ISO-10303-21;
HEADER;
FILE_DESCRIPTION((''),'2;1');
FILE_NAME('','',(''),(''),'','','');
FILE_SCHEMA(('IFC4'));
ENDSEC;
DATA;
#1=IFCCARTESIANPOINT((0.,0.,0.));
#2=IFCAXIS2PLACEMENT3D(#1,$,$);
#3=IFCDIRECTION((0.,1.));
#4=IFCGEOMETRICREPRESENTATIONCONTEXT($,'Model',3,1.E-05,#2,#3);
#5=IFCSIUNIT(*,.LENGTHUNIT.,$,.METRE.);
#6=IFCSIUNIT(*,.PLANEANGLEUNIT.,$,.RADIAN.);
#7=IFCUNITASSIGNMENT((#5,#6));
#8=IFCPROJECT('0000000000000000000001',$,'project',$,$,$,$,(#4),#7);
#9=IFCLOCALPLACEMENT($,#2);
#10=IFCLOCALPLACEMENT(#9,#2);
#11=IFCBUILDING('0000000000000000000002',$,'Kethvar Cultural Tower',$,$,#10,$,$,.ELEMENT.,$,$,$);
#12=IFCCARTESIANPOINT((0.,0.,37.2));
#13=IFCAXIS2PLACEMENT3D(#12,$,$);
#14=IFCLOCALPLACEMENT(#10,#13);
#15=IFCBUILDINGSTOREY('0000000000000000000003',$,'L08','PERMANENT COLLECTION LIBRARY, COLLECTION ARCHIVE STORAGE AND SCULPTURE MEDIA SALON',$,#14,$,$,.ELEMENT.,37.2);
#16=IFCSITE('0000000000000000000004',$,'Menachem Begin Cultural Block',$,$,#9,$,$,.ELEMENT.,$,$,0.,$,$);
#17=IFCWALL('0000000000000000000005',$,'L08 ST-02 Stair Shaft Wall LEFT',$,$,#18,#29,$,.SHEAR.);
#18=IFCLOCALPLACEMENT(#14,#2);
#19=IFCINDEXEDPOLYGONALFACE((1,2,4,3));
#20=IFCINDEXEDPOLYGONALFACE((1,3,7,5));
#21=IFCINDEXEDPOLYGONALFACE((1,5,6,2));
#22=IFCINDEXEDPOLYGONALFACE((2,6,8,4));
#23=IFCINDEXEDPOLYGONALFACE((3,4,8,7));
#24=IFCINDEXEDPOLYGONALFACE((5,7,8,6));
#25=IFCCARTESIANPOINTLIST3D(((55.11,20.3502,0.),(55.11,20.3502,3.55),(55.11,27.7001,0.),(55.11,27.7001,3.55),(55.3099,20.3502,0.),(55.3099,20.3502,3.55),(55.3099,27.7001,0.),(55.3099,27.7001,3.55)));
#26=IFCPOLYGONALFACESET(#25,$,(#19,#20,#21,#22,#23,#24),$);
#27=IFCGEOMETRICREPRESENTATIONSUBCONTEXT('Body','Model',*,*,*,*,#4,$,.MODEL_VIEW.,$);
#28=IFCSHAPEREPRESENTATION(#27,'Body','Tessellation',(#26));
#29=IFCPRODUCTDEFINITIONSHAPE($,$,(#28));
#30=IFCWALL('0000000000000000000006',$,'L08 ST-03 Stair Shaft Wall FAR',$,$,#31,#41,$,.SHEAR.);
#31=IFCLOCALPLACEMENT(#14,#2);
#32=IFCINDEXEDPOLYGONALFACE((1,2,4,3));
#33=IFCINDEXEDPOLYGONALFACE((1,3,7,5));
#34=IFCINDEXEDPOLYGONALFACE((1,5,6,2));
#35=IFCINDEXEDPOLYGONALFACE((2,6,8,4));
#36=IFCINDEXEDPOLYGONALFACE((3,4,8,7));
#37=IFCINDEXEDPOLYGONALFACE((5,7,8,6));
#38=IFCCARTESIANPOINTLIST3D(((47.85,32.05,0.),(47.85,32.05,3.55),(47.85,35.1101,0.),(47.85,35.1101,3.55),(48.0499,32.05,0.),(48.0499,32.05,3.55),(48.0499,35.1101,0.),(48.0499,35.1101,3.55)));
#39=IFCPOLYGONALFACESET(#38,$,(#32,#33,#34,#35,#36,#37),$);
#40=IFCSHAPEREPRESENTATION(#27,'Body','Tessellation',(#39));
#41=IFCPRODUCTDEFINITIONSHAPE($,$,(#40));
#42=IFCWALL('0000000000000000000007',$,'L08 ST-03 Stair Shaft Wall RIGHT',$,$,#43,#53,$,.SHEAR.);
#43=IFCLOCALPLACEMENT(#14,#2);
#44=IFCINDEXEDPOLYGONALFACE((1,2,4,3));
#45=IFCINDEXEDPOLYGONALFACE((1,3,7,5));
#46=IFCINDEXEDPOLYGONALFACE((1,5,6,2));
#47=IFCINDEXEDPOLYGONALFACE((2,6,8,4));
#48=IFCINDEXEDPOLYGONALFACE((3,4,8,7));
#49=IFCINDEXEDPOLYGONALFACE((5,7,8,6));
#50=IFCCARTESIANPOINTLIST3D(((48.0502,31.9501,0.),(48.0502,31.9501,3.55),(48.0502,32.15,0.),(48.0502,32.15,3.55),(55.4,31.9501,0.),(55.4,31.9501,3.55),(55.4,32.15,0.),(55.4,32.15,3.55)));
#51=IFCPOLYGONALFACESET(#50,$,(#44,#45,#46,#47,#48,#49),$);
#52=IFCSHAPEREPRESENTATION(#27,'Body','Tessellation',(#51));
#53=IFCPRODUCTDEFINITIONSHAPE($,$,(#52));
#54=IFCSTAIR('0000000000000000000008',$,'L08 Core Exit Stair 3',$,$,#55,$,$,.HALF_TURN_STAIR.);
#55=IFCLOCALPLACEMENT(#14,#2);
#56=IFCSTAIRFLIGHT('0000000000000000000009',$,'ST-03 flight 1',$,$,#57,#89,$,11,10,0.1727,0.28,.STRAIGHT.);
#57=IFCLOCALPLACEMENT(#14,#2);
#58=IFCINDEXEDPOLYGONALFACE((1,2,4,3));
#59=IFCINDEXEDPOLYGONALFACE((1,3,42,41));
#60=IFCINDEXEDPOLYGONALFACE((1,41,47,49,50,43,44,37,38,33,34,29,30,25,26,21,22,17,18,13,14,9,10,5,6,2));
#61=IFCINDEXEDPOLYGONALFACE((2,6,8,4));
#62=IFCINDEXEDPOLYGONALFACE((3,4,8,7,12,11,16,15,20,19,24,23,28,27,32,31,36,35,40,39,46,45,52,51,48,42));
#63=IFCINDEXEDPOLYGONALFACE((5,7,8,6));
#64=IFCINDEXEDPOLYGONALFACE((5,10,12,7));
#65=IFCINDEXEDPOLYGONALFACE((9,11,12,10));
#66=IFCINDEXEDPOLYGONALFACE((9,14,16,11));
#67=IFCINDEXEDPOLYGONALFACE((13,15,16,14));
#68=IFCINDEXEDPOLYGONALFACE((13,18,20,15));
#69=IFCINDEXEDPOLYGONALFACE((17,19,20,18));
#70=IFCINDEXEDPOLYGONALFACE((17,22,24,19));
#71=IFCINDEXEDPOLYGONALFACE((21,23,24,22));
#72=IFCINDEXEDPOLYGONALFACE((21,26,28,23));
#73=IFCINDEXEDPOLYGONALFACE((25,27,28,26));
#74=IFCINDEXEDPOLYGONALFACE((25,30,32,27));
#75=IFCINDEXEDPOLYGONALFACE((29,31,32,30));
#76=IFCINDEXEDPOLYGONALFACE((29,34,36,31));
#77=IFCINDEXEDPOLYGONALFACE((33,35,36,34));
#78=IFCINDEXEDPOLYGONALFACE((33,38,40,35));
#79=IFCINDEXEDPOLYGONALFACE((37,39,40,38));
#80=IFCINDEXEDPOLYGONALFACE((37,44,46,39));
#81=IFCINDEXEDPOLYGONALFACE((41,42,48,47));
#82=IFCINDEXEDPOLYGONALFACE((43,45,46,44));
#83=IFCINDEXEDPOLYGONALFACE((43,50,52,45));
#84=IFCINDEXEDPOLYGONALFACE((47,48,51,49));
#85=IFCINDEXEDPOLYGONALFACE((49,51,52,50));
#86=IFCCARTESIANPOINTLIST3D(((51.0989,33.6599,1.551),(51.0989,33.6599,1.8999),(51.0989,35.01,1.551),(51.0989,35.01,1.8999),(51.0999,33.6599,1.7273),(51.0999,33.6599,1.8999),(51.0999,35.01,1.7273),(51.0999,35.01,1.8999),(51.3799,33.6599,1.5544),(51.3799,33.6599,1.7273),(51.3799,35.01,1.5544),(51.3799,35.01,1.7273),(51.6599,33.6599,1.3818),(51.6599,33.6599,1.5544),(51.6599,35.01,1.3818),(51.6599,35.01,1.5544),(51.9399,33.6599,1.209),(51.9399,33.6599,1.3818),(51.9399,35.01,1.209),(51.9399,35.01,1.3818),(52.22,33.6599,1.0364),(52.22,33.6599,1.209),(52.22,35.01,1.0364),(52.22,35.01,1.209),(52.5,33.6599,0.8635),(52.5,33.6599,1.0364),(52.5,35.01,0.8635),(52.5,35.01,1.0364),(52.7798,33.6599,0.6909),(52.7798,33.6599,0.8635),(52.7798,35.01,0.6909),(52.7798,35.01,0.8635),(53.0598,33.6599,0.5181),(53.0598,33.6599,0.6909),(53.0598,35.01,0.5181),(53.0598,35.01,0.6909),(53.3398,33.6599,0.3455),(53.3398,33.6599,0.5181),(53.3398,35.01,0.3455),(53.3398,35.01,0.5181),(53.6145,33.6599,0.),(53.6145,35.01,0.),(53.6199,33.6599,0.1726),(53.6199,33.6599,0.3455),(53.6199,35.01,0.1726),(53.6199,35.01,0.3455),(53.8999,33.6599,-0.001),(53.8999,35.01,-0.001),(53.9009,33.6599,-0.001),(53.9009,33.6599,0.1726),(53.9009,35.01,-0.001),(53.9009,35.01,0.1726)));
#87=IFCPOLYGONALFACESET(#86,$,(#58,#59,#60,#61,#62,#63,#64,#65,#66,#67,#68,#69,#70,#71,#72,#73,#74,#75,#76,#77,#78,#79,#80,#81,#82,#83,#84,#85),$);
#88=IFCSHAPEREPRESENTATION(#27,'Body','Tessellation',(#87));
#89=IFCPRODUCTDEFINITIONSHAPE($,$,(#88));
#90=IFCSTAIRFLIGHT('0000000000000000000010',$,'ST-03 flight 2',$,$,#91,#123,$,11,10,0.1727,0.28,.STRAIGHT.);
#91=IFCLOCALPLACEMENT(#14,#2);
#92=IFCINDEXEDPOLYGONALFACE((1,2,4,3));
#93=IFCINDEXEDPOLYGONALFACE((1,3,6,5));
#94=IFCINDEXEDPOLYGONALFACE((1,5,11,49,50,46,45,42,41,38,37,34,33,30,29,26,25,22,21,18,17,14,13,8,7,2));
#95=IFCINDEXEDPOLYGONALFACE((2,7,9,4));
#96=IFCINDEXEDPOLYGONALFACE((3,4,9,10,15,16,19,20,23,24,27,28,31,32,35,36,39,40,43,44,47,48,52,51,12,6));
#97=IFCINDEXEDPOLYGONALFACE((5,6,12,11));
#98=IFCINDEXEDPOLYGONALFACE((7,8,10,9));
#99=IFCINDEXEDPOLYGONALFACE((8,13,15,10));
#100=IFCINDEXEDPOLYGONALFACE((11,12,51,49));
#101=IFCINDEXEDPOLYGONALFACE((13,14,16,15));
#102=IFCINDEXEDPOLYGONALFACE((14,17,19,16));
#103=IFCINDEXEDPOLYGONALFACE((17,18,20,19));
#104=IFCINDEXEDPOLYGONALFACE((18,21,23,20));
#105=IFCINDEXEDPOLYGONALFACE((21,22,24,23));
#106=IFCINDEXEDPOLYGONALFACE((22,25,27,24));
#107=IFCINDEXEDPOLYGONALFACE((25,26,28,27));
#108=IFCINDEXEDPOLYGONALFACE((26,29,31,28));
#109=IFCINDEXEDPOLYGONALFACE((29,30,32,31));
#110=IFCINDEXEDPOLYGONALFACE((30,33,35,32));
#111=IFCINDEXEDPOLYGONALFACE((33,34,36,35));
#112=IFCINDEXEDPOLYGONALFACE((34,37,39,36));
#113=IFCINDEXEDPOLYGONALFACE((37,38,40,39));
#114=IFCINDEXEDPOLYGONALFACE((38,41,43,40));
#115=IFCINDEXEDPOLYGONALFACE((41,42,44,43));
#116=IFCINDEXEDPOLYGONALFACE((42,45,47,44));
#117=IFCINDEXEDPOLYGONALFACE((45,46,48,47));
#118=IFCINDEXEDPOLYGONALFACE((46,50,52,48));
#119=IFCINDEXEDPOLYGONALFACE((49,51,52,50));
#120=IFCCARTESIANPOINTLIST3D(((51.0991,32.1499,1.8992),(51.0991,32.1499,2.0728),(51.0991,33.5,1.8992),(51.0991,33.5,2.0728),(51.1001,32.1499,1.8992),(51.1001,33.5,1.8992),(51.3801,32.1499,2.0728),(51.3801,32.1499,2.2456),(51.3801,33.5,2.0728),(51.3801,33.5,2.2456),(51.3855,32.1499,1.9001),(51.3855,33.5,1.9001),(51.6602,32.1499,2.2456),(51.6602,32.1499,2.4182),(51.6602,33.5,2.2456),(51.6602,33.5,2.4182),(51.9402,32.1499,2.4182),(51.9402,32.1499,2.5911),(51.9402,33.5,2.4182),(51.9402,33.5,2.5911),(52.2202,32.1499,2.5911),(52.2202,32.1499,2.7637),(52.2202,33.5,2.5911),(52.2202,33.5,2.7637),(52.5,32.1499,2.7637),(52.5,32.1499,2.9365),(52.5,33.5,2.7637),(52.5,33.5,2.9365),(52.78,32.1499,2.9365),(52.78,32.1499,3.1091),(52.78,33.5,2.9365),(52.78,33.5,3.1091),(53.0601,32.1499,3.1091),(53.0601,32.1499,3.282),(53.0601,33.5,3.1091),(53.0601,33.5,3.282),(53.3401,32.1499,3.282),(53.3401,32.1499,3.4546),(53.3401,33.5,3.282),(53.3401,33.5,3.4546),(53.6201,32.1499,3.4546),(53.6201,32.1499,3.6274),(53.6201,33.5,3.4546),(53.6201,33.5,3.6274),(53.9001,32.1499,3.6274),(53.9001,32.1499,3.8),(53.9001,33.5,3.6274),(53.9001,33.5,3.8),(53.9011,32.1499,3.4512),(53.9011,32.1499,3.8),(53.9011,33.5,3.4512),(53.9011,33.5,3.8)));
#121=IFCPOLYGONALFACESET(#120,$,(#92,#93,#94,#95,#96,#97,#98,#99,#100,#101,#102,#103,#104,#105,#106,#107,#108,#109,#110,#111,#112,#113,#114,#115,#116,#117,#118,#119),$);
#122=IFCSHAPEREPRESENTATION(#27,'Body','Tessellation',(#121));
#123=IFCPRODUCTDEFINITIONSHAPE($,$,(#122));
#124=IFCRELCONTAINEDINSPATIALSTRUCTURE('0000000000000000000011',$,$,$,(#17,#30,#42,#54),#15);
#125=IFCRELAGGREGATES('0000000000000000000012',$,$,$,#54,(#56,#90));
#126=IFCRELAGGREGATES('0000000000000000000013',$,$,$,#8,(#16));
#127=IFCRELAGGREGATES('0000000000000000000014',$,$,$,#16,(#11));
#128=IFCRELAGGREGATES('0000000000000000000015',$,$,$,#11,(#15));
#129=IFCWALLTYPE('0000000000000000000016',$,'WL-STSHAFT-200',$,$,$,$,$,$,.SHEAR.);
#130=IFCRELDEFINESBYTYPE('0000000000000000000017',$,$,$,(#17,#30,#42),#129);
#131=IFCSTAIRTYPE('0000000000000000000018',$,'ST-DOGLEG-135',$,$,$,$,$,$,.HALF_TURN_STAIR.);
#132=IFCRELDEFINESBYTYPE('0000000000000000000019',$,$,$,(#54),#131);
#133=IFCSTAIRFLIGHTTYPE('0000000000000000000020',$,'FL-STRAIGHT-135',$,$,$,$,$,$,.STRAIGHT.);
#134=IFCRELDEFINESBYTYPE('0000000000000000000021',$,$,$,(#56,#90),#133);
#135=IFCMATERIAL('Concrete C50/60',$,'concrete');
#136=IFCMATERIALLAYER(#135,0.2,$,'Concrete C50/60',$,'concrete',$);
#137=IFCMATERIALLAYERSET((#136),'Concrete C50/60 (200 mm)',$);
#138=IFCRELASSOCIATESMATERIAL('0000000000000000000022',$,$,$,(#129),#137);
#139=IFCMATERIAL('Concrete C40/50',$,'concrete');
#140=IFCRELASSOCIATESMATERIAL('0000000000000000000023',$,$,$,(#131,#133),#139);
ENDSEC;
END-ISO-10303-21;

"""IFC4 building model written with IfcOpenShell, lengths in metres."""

from ifc_helpers import new_model, si_unit, direction, frame, frame_2d, origin, place, context, subcontext, project, spatial, polyline, rectangle, outline, extrude, material, layer, layer_set, type_object, element, aggregate, save


model = new_model("IFC4")

# Units and contexts
model_context = context("Model", 3, precision=1e-05, world=origin(), true_north=direction((0.0, 1.0)))
body_context = subcontext(model_context, "Body", "Model", "MODEL_VIEW")
ifc_project = project(units=[si_unit("LENGTHUNIT", "METRE"), si_unit("PLANEANGLEUNIT", "RADIAN")], contexts=[model_context])

# Site, building, storey
site_placement = place(None, origin())
site = spatial("IfcSite", under=ifc_project, at=site_placement, Name="Menachem Begin Cultural Block", CompositionType="ELEMENT", RefElevation=0.0)
building_placement = place(site_placement, origin())
building = spatial("IfcBuilding", under=site, at=building_placement, Name="Kethvar Cultural Tower", CompositionType="ELEMENT")
storey_placement = place(building_placement, frame((0.0, 0.0, 37.2)))
storey = spatial("IfcBuildingStorey", under=building, at=storey_placement, Name="L08", Description="PERMANENT COLLECTION LIBRARY, COLLECTION ARCHIVE STORAGE AND SCULPTURE MEDIA SALON", CompositionType="ELEMENT", Elevation=37.2)

# Walls
ifc_material_1 = material(Name="Concrete C40/50", Category="concrete")
ifc_material_2 = material(Name="Concrete C50/60", Category="concrete")
ifc_layer_1 = layer(ifc_material_2, 0.2, Name="Concrete C50/60", Category="concrete")
ifc_layer_set_1 = layer_set([ifc_layer_1], Name="Concrete C50/60 (200 mm)")
wall_type_1 = type_object("IfcWallType", Name="WL-STSHAFT-200", PredefinedType="SHEAR", material=ifc_layer_set_1)
wall_1_placement = place(storey_placement, frame((55.21, 27.7, 0.0), z_axis=(0.0, 0.0, 1.0), x_axis=(0.0, -1.0, 0.0)))
element("IfcWall", 1, at=wall_1_placement, inside=storey, type_object=wall_type_1, Name="L08 ST-02 Stair Shaft Wall LEFT", PredefinedType="SHEAR", context=body_context, shape_type="SweptSolid", body=[
    extrude(rectangle(XDim=7.3499, YDim=0.2, at=frame_2d((3.6748, 0.0))), origin(), (0.0, 0.0, 1.0), 3.55),
])
wall_2_placement = place(storey_placement, frame((47.95, 32.05, 0.0), z_axis=(0.0, 0.0, 1.0), x_axis=(0.0, 1.0, 0.0)))
element("IfcWall", 2, at=wall_2_placement, inside=storey, type_object=wall_type_1, Name="L08 ST-03 Stair Shaft Wall FAR", PredefinedType="SHEAR", context=body_context, shape_type="SweptSolid", body=[
    extrude(rectangle(XDim=3.0601, YDim=0.2, at=frame_2d((1.53, 0.0))), origin(), (0.0, 0.0, 1.0), 3.55),
])
wall_3_placement = place(storey_placement, frame((55.3999, 32.05, 0.0), z_axis=(0.0, 0.0, 1.0), x_axis=(-1.0, 0.0, 0.0)))
element("IfcWall", 3, at=wall_3_placement, inside=storey, type_object=wall_type_1, Name="L08 ST-03 Stair Shaft Wall RIGHT", PredefinedType="SHEAR", context=body_context, shape_type="SweptSolid", body=[
    extrude(rectangle(XDim=7.3499, YDim=0.2, at=frame_2d((3.6748, 0.0))), origin(), (0.0, 0.0, 1.0), 3.55),
])

# Stair, stair flights
stair_type = type_object("IfcStairType", Name="ST-DOGLEG-135", PredefinedType="HALF_TURN_STAIR", material=ifc_material_1)
stair_placement = place(storey_placement, origin())
stair = element("IfcStair", 4, at=stair_placement, inside=storey, type_object=stair_type, Name="L08 Core Exit Stair 3", PredefinedType="HALF_TURN_STAIR")
stair_flight_type = type_object("IfcStairFlightType", Name="FL-STRAIGHT-135", PredefinedType="STRAIGHT", material=ifc_material_1)
stair_flight_1_placement = place(storey_placement, frame((53.8999, 34.335, 0.0), z_axis=(0.0, 0.0, 1.0), x_axis=(-1.0, 0.0, 0.0)))
stair_flight_1 = element("IfcStairFlight", 5, at=stair_flight_1_placement, type_object=stair_flight_type, Name="ST-03 flight 1", NumberOfRisers=11, NumberOfTreads=10, PredefinedType="STRAIGHT", RiserHeight=0.1727, TreadLength=0.28, context=body_context, shape_type="SweptSolid", body=[
    extrude(outline(polyline([(-0.001, -0.001), (-0.001, 0.1726), (0.28, 0.1726), (0.28, 0.3455), (0.5601, 0.3455), (0.5601, 0.5181), (0.8401, 0.5181), (0.8401, 0.6909), (1.1201, 0.6909), (1.1201, 0.8635), (1.3999, 0.8635), (1.3999, 1.0364), (1.6799, 1.0364), (1.6799, 1.209), (1.96, 1.209), (1.96, 1.3818), (2.24, 1.3818), (2.24, 1.5544), (2.52, 1.5544), (2.52, 1.7273), (2.8, 1.7273), (2.8, 1.8999), (2.801, 1.8999), (2.801, 1.551), (0.2854, 0.0), (0.0, -0.001), (-0.001, -0.001)])), frame((0.0, 0.675, 0.0), z_axis=(0.0, -1.0, 0.0), x_axis=(1.0, 0.0, 0.0)), (0.0, 0.0, 1.0), 1.3501),
])
stair_flight_2_placement = place(storey_placement, frame((51.1001, 32.825, 1.9001), z_axis=(0.0, 0.0, 1.0), x_axis=(1.0, 0.0, 0.0)))
stair_flight_2 = element("IfcStairFlight", 6, at=stair_flight_2_placement, type_object=stair_flight_type, Name="ST-03 flight 2", NumberOfRisers=11, NumberOfTreads=10, PredefinedType="STRAIGHT", RiserHeight=0.1727, TreadLength=0.28, context=body_context, shape_type="SweptSolid", body=[
    extrude(outline(polyline([(-0.001, -0.001), (-0.001, 0.1726), (0.28, 0.1726), (0.28, 0.3455), (0.5601, 0.3455), (0.5601, 0.5181), (0.8401, 0.5181), (0.8401, 0.6909), (1.1201, 0.6909), (1.1201, 0.8635), (1.3999, 0.8635), (1.3999, 1.0364), (1.6799, 1.0364), (1.6799, 1.209), (1.96, 1.209), (1.96, 1.3818), (2.24, 1.3818), (2.24, 1.5544), (2.52, 1.5544), (2.52, 1.7273), (2.8, 1.7273), (2.8, 1.8999), (2.801, 1.8999), (2.801, 1.551), (0.2854, 0.0), (0.0, -0.001), (-0.001, -0.001)])), frame((0.0, 0.675, 0.0), z_axis=(0.0, -1.0, 0.0), x_axis=(1.0, 0.0, 0.0)), (0.0, 0.0, 1.0), 1.3501),
])
aggregate(stair, [stair_flight_1, stair_flight_2])

save(model, "model.ifc")
